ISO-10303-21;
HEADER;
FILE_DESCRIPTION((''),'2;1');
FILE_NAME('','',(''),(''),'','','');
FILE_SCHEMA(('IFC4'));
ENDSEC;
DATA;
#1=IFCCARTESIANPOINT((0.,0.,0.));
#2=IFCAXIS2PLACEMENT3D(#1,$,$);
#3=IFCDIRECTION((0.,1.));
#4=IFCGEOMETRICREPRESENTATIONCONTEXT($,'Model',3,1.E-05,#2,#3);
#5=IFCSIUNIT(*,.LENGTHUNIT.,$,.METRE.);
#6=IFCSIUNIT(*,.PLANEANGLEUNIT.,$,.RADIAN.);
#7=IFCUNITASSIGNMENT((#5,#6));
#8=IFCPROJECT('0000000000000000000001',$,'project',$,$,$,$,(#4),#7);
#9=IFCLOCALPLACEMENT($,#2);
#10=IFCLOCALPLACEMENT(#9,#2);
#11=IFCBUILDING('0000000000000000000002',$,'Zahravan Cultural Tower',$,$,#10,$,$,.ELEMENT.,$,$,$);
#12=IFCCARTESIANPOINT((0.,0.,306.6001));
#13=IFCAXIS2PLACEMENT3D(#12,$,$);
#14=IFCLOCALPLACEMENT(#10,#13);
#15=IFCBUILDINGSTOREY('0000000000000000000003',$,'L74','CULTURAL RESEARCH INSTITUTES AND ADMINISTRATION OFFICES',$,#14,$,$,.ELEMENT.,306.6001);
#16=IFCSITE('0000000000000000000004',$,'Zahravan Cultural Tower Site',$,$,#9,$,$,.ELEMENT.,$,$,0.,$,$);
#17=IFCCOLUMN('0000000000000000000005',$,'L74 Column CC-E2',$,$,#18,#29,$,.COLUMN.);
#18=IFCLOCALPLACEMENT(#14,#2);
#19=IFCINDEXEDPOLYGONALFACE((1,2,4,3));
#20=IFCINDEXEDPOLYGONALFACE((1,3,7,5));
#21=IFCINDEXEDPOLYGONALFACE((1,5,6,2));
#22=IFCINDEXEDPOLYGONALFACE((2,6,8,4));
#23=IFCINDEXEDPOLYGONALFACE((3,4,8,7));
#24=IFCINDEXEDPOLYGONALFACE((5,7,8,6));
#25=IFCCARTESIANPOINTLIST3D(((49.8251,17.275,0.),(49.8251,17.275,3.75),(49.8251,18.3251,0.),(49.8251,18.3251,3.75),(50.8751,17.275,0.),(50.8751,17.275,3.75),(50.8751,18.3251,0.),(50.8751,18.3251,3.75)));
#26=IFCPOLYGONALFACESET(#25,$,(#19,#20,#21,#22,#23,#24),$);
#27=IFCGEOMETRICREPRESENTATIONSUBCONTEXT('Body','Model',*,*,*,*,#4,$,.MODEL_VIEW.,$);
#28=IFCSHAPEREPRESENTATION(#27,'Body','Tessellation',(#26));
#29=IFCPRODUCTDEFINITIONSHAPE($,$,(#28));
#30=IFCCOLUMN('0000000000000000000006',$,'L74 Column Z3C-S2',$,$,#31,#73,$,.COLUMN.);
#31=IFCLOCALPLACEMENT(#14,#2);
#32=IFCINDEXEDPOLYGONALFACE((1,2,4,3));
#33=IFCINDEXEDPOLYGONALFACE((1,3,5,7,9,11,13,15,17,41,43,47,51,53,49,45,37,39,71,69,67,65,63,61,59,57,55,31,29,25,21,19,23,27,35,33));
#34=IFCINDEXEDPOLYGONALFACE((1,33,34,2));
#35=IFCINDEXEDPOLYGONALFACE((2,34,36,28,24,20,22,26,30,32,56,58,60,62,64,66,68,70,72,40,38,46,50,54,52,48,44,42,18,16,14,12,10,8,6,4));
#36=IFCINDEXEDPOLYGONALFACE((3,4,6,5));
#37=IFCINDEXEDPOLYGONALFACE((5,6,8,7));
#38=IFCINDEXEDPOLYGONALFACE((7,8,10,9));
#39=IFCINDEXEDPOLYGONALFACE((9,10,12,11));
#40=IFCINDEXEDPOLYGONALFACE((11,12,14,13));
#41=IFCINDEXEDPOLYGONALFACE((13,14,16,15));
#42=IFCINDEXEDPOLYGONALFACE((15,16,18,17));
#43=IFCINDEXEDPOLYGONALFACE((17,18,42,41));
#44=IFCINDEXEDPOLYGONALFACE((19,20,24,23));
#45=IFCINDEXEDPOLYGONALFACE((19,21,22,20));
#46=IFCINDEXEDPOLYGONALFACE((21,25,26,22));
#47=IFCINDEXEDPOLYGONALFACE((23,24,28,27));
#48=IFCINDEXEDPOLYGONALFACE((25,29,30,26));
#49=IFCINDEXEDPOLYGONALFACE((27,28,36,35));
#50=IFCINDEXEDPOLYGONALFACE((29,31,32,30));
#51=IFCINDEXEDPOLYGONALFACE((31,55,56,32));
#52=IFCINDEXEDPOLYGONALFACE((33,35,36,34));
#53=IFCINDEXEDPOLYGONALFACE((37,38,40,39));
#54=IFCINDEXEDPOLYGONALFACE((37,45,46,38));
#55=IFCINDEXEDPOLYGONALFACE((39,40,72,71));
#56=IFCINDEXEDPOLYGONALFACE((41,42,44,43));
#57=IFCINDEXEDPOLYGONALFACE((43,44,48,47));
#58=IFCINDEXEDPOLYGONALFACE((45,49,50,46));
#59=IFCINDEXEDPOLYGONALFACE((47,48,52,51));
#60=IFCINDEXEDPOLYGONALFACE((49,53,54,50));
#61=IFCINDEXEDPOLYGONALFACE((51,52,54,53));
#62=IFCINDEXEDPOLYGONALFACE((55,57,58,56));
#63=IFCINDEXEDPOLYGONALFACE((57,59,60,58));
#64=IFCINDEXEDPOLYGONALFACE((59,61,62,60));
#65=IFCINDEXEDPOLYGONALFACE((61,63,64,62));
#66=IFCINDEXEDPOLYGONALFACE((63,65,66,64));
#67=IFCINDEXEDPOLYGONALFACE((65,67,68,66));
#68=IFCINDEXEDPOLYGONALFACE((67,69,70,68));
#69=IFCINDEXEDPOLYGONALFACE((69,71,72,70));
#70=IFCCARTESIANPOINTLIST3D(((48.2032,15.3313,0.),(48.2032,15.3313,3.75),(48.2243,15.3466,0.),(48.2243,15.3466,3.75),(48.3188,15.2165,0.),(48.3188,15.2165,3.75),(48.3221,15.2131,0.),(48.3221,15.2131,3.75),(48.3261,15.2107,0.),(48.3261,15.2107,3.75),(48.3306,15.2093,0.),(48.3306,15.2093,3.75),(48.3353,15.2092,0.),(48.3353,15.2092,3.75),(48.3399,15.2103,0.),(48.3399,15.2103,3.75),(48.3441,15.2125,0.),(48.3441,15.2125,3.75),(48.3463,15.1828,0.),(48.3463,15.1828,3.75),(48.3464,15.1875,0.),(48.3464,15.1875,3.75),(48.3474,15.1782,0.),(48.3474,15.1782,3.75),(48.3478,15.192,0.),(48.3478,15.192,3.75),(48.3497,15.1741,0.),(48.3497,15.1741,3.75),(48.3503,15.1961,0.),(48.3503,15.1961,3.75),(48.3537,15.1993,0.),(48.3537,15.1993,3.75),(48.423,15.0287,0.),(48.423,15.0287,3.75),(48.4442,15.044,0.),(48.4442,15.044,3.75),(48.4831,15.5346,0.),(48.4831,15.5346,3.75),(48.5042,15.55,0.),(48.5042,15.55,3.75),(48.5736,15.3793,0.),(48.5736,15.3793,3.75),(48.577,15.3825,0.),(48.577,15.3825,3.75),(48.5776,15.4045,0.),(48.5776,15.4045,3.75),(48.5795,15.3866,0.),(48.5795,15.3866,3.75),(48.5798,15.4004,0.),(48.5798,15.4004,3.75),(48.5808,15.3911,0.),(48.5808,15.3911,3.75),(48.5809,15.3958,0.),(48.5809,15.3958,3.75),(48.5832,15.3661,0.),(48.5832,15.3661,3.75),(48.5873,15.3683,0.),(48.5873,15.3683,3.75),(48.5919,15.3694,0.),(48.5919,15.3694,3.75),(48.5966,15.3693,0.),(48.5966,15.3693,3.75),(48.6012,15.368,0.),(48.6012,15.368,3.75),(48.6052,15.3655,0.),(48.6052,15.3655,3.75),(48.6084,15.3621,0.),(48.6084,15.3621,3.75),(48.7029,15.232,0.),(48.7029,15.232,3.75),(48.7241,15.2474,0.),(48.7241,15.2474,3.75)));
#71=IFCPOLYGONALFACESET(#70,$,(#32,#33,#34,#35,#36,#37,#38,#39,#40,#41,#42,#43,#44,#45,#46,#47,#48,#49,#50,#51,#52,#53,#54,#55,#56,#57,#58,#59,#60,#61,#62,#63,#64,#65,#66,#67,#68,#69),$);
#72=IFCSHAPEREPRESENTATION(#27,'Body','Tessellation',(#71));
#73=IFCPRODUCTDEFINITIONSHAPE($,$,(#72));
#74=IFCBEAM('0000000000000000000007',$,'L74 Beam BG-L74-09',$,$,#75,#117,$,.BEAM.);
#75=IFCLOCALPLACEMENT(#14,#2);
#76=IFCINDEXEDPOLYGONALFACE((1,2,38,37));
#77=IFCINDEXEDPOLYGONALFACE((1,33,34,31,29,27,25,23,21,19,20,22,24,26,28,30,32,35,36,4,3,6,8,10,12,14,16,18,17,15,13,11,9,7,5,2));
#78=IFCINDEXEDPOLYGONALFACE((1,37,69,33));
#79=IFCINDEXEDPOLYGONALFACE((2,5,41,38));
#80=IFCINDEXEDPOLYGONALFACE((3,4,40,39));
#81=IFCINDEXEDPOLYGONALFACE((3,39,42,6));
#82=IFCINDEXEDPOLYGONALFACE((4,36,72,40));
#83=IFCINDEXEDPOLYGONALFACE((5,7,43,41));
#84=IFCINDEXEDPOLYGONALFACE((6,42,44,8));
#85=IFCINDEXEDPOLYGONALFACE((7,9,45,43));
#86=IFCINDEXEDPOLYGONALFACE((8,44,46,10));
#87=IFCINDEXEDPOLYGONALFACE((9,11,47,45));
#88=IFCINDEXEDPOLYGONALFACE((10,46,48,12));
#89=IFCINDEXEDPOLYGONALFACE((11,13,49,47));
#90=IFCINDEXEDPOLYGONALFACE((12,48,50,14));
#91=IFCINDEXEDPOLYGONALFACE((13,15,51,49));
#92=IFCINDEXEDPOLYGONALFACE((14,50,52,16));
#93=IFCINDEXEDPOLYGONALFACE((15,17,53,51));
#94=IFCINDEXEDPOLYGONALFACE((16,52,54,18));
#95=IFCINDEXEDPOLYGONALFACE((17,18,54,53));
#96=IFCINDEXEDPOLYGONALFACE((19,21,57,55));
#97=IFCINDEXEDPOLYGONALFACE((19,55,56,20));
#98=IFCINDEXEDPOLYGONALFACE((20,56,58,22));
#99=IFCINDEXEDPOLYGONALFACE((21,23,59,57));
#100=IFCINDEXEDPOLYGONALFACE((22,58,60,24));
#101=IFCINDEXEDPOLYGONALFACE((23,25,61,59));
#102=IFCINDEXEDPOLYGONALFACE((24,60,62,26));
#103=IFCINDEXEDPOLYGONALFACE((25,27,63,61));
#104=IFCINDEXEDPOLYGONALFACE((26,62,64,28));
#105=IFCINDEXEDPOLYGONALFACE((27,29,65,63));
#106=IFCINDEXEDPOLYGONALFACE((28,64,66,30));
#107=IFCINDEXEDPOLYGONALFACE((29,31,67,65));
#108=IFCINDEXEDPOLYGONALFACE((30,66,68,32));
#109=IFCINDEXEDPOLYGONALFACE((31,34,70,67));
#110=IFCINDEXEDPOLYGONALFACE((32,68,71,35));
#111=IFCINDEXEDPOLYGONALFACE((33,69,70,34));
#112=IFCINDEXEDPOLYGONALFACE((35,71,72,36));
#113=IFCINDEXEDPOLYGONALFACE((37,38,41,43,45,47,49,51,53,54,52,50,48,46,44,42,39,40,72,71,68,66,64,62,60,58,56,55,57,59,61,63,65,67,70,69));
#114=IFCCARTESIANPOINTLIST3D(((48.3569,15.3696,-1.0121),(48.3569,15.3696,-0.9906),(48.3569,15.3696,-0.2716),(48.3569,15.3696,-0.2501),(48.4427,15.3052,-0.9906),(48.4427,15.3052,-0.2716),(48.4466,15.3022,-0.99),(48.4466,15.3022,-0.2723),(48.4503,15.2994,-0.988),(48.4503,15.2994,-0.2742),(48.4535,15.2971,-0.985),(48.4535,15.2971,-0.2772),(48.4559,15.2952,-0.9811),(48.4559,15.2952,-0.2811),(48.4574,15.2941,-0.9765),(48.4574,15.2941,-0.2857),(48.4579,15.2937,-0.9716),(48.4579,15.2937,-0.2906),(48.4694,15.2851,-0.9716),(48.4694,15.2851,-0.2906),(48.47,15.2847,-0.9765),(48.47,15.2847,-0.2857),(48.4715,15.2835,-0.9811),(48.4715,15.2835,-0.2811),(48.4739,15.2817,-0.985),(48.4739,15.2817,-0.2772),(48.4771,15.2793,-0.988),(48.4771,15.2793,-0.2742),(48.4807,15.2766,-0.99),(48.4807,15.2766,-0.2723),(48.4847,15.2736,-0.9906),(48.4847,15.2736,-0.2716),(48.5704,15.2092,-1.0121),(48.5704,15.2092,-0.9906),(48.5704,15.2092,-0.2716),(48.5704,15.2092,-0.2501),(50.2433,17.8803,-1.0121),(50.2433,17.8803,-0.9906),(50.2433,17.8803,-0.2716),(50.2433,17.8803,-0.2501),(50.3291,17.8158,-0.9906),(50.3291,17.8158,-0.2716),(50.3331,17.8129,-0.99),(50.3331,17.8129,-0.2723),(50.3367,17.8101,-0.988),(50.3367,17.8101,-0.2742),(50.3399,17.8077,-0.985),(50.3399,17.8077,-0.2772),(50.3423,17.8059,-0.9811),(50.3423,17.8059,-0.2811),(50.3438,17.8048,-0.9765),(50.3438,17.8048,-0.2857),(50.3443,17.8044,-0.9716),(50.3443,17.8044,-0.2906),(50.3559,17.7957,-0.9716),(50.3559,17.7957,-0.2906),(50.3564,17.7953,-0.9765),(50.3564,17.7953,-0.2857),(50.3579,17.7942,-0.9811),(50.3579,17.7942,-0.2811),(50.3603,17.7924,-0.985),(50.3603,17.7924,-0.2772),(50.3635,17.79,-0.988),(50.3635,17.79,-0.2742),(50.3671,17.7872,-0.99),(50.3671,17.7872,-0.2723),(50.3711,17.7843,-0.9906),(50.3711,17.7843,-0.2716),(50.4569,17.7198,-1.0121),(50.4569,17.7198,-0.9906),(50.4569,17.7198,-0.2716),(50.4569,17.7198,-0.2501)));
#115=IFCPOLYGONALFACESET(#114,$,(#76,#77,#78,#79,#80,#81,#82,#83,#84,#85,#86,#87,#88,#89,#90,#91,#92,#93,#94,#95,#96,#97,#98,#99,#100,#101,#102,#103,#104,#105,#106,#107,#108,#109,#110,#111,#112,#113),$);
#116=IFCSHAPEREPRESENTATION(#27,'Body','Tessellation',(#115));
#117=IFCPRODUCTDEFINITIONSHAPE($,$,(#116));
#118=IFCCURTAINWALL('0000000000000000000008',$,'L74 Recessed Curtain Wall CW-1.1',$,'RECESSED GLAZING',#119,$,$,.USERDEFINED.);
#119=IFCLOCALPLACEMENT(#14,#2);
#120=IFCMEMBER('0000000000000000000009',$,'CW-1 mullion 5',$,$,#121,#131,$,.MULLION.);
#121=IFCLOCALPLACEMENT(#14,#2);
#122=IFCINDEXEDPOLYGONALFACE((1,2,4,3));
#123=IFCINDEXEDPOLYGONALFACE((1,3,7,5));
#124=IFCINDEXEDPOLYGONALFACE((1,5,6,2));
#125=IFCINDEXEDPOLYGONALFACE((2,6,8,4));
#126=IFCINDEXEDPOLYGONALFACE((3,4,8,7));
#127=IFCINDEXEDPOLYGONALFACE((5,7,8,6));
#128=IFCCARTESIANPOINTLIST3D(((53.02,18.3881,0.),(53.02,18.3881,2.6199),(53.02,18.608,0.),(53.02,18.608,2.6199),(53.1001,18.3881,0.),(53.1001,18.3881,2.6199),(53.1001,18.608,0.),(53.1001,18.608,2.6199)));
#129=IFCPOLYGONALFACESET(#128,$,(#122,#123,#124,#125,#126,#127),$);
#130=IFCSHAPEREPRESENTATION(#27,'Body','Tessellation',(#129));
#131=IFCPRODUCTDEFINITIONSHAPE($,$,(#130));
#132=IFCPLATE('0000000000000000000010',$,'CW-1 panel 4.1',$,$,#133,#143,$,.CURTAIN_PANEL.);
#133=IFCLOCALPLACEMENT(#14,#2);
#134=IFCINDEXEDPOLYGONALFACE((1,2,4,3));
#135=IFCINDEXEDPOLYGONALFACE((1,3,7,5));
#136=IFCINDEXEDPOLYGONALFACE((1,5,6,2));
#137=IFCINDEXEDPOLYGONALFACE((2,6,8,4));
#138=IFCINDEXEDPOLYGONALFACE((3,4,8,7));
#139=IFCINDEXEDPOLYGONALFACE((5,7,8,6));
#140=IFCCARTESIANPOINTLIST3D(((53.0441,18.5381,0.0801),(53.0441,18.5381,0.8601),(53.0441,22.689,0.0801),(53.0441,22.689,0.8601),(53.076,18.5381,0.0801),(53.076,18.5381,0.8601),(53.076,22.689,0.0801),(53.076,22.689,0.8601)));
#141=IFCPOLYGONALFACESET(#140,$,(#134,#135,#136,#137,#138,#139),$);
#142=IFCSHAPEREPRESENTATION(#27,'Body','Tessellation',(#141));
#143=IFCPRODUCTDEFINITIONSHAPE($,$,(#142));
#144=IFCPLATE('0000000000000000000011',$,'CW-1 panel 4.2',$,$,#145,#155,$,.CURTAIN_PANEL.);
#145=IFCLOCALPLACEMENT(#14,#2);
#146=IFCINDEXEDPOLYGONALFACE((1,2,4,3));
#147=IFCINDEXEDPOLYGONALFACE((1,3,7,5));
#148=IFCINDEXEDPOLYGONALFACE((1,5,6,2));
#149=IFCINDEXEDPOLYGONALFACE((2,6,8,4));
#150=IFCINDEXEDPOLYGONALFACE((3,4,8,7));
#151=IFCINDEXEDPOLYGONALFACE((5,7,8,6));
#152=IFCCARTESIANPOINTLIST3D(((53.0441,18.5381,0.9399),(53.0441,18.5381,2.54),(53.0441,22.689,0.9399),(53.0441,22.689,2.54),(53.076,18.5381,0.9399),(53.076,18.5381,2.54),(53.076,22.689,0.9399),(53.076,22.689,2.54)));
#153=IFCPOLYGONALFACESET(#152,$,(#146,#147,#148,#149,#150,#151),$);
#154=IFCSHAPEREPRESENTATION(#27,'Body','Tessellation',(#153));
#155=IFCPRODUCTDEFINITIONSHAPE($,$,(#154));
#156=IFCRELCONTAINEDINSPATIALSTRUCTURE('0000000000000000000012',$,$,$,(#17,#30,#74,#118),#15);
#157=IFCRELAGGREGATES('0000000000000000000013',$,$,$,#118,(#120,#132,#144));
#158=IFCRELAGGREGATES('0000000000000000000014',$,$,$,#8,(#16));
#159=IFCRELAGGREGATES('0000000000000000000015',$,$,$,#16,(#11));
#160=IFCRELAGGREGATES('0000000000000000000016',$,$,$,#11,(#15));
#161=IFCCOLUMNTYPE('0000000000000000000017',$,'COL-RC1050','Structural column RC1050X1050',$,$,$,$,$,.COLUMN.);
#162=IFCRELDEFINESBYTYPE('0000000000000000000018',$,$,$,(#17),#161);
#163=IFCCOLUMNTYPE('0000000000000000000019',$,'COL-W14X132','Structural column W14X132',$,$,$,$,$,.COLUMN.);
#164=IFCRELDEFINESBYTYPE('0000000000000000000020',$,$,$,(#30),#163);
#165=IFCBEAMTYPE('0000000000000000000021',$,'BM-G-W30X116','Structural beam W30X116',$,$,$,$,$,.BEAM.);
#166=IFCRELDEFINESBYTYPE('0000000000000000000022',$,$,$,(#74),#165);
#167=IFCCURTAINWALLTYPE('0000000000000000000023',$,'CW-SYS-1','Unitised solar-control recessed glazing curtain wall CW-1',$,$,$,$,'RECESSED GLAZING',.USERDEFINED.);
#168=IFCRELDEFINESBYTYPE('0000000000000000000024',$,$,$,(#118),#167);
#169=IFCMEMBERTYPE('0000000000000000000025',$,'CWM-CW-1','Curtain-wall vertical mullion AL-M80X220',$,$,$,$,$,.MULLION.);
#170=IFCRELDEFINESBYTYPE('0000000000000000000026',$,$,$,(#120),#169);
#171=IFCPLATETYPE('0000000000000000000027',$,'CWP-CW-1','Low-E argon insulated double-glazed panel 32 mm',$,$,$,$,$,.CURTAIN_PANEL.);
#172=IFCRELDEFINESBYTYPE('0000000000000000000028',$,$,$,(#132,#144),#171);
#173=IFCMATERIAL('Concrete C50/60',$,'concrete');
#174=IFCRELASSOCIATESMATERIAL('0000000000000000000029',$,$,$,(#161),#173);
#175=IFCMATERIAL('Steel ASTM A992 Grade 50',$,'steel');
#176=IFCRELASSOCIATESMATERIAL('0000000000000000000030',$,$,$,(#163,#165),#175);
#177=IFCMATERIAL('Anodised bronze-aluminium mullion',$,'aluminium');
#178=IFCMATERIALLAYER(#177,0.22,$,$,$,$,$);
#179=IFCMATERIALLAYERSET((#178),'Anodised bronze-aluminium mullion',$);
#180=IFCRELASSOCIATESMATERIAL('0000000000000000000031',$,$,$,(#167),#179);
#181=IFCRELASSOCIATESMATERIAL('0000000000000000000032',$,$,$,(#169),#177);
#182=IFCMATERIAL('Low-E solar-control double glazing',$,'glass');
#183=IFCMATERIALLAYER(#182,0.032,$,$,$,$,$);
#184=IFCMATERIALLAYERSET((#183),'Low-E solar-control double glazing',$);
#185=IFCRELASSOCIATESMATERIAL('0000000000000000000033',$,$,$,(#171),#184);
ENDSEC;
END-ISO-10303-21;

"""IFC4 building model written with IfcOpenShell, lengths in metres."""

from ifc_helpers import new_model, si_unit, direction, frame, origin, origin_2d, place, context, subcontext, project, spatial, rectangle, i_section, extrude, source, transform, mapped, material, layer, layer_set, material_profile, profile_set, type_object, element, aggregate, save


model = new_model("IFC4")

# Units and contexts
model_context = context("Model", 3, precision=1e-05, world=origin(), true_north=direction((0.0, 1.0)))
body_context = subcontext(model_context, "Body", "Model", "MODEL_VIEW")
ifc_project = project(units=[si_unit("LENGTHUNIT", "METRE"), si_unit("PLANEANGLEUNIT", "RADIAN")], contexts=[model_context])

# Site, building, storey
site_placement = place(None, origin())
site = spatial("IfcSite", under=ifc_project, at=site_placement, Name="Zahravan Cultural Tower Site", CompositionType="ELEMENT", RefElevation=0.0)
building_placement = place(site_placement, origin())
building = spatial("IfcBuilding", under=site, at=building_placement, Name="Zahravan Cultural Tower", CompositionType="ELEMENT")
storey_placement = place(building_placement, frame((0.0, 0.0, 306.6001)))
storey = spatial("IfcBuildingStorey", under=building, at=storey_placement, Name="L74", Description="CULTURAL RESEARCH INSTITUTES AND ADMINISTRATION OFFICES", CompositionType="ELEMENT", Elevation=306.6001)

# Columns
ifc_material_1 = material(Name="Concrete C50/60", Category="concrete")
ifc_material_profile_1 = material_profile(ifc_material_1, rectangle(XDim=1.05, YDim=1.05, at=origin_2d()), Name="RC1050X1050")
ifc_profile_set_1 = profile_set([ifc_material_profile_1], Name="Concrete C50/60")
column_type_1 = type_object("IfcColumnType", Name="COL-RC1050", Description="Structural column RC1050X1050", PredefinedType="COLUMN", material=ifc_profile_set_1)
shared_shape_1 = source(origin(), body_context, "Body", "SweptSolid", [
    extrude(rectangle(XDim=1.05, YDim=1.05, at=origin_2d()), origin(), (0.0, 0.0, 1.0), 3.75),
])
column_1_placement = place(storey_placement, frame((50.3501, 17.8, 0.0), z_axis=(0.0, 0.0, 1.0), x_axis=(1.0, 0.0, 0.0)))
element("IfcColumn", 1, at=column_1_placement, inside=storey, type_object=column_type_1, Name="L74 Column CC-E2", PredefinedType="COLUMN", context=body_context, shape_type="MappedRepresentation", body=[
    mapped(shared_shape_1, transform((0.0, 0.0, 0.0), x_axis=(1.0, 0.0, 0.0), y_axis=(0.0, 1.0, 0.0), z_axis=(0.0, 0.0, 1.0), scale=1.0)),
])
ifc_material_2 = material(Name="Steel ASTM A992 Grade 50", Category="steel")
ifc_material_profile_2 = material_profile(ifc_material_2, i_section(OverallWidth=0.374, OverallDepth=0.3721, WebThickness=0.0164, FlangeThickness=0.0261, FilletRadius=0.0181, at=origin_2d()), Name="W14X132")
ifc_profile_set_2 = profile_set([ifc_material_profile_2], Name="Steel ASTM A992 Grade 50")
column_type_2 = type_object("IfcColumnType", Name="COL-W14X132", Description="Structural column W14X132", PredefinedType="COLUMN", material=ifc_profile_set_2)
shared_shape_2 = source(origin(), body_context, "Body", "SweptSolid", [
    extrude(i_section(OverallWidth=0.374, OverallDepth=0.3721, WebThickness=0.0164, FlangeThickness=0.0261, FilletRadius=0.0181, at=origin_2d()), origin(), (0.0, 0.0, 1.0), 3.75),
])
column_2_placement = place(storey_placement, frame((48.4636, 15.2893, 0.0), z_axis=(0.0, 0.0, 1.0), x_axis=(-0.587785, 0.809017, 0.0)))
element("IfcColumn", 2, at=column_2_placement, inside=storey, type_object=column_type_2, Name="L74 Column Z3C-S2", PredefinedType="COLUMN", context=body_context, shape_type="MappedRepresentation", body=[
    mapped(shared_shape_2, transform((0.0, 0.0, 0.0), x_axis=(1.0, 0.0, 0.0), y_axis=(0.0, 1.0, 0.0), z_axis=(0.0, 0.0, 1.0), scale=1.0)),
])

# Beam
ifc_material_profile_3 = material_profile(ifc_material_2, i_section(OverallWidth=0.2671, OverallDepth=0.762, WebThickness=0.0144, FlangeThickness=0.0215, FilletRadius=0.019, at=origin_2d()), Name="W30X116")
ifc_profile_set_3 = profile_set([ifc_material_profile_3], Name="Steel ASTM A992 Grade 50")
beam_type = type_object("IfcBeamType", Name="BM-G-W30X116", Description="Structural beam W30X116", PredefinedType="BEAM", material=ifc_profile_set_3)
shared_shape_3 = source(origin(), body_context, "Body", "SweptSolid", [
    extrude(i_section(OverallWidth=0.2671, OverallDepth=0.762, WebThickness=0.0144, FlangeThickness=0.0215, FilletRadius=0.019, at=origin_2d()), origin(), (0.0, 0.0, 1.0), 3.1404),
])
beam_placement = place(storey_placement, frame((50.3501, 17.8, -0.6311), z_axis=(-0.600696, -0.799477, 0.0), x_axis=(0.799477, -0.600696, 0.0)))
element("IfcBeam", 3, at=beam_placement, inside=storey, type_object=beam_type, Name="L74 Beam BG-L74-09", PredefinedType="BEAM", context=body_context, shape_type="MappedRepresentation", body=[
    mapped(shared_shape_3, transform((0.0, 0.0, 0.0), x_axis=(1.0, 0.0, 0.0), y_axis=(0.0, 1.0, 0.0), z_axis=(0.0, 0.0, 1.0), scale=1.0)),
])

# Curtain wall, member, plates
ifc_material_3 = material(Name="Anodised bronze-aluminium mullion", Category="aluminium")
ifc_layer_1 = layer(ifc_material_3, 0.22)
ifc_layer_set_1 = layer_set([ifc_layer_1], Name="Anodised bronze-aluminium mullion")
curtain_wall_type = type_object("IfcCurtainWallType", Name="CW-SYS-1", Description="Unitised solar-control recessed glazing curtain wall CW-1", ElementType="RECESSED GLAZING", PredefinedType="USERDEFINED", material=ifc_layer_set_1)
curtain_wall_placement = place(storey_placement, origin())
curtain_wall = element("IfcCurtainWall", 4, at=curtain_wall_placement, inside=storey, type_object=curtain_wall_type, Name="L74 Recessed Curtain Wall CW-1.1", ObjectType="RECESSED GLAZING", PredefinedType="USERDEFINED")
ifc_material_profile_4 = material_profile(ifc_material_3, rectangle(XDim=0.0801, YDim=0.22, at=origin_2d()), Name="AL-M80X220")
ifc_profile_set_4 = profile_set([ifc_material_profile_4], Name="Anodised bronze-aluminium mullion")
member_type = type_object("IfcMemberType", Name="CWM-CW-1", Description="Curtain-wall vertical mullion AL-M80X220", PredefinedType="MULLION", material=ifc_profile_set_4)
shared_shape_4 = source(origin(), body_context, "Body", "SweptSolid", [
    extrude(rectangle(XDim=0.0801, YDim=0.22, at=origin_2d()), origin(), (0.0, 0.0, 1.0), 2.6199),
])
member_placement = place(storey_placement, frame((53.0601, 18.498, 0.0), z_axis=(0.0, 0.0, 1.0), x_axis=(1.0, 0.0, 0.0)))
member = element("IfcMember", 5, at=member_placement, type_object=member_type, Name="CW-1 mullion 5", PredefinedType="MULLION", context=body_context, shape_type="MappedRepresentation", body=[
    mapped(shared_shape_4, transform((0.0, 0.0, 0.0), x_axis=(1.0, 0.0, 0.0), y_axis=(0.0, 1.0, 0.0), z_axis=(0.0, 0.0, 1.0), scale=1.0)),
])
ifc_material_4 = material(Name="Low-E solar-control double glazing", Category="glass")
ifc_layer_2 = layer(ifc_material_4, 0.032)
ifc_layer_set_2 = layer_set([ifc_layer_2], Name="Low-E solar-control double glazing")
plate_type = type_object("IfcPlateType", Name="CWP-CW-1", Description="Low-E argon insulated double-glazed panel 32 mm", PredefinedType="CURTAIN_PANEL", material=ifc_layer_set_2)
shared_shape_5 = source(origin(), body_context, "Body", "SweptSolid", [
    extrude(rectangle(XDim=4.1509, YDim=0.032, at=origin_2d()), origin(), (0.0, 0.0, 1.0), 0.78),
])
plate_1_placement = place(storey_placement, frame((53.0601, 20.6135, 0.0801), z_axis=(0.0, 0.0, 1.0), x_axis=(0.0, -1.0, 0.0)))
plate_1 = element("IfcPlate", 6, at=plate_1_placement, type_object=plate_type, Name="CW-1 panel 4.1", PredefinedType="CURTAIN_PANEL", context=body_context, shape_type="MappedRepresentation", body=[
    mapped(shared_shape_5, transform((0.0, 0.0, 0.0), x_axis=(1.0, 0.0, 0.0), y_axis=(0.0, 1.0, 0.0), z_axis=(0.0, 0.0, 1.0), scale=1.0)),
])
shared_shape_6 = source(origin(), body_context, "Body", "SweptSolid", [
    extrude(rectangle(XDim=4.1509, YDim=0.032, at=origin_2d()), origin(), (0.0, 0.0, 1.0), 1.6001),
])
plate_2_placement = place(storey_placement, frame((53.0601, 20.6135, 0.9399), z_axis=(0.0, 0.0, 1.0), x_axis=(0.0, -1.0, 0.0)))
plate_2 = element("IfcPlate", 7, at=plate_2_placement, type_object=plate_type, Name="CW-1 panel 4.2", PredefinedType="CURTAIN_PANEL", context=body_context, shape_type="MappedRepresentation", body=[
    mapped(shared_shape_6, transform((0.0, 0.0, 0.0), x_axis=(1.0, 0.0, 0.0), y_axis=(0.0, 1.0, 0.0), z_axis=(0.0, 0.0, 1.0), scale=1.0)),
])
aggregate(curtain_wall, [member, plate_1, plate_2])

save(model, "model.ifc")
